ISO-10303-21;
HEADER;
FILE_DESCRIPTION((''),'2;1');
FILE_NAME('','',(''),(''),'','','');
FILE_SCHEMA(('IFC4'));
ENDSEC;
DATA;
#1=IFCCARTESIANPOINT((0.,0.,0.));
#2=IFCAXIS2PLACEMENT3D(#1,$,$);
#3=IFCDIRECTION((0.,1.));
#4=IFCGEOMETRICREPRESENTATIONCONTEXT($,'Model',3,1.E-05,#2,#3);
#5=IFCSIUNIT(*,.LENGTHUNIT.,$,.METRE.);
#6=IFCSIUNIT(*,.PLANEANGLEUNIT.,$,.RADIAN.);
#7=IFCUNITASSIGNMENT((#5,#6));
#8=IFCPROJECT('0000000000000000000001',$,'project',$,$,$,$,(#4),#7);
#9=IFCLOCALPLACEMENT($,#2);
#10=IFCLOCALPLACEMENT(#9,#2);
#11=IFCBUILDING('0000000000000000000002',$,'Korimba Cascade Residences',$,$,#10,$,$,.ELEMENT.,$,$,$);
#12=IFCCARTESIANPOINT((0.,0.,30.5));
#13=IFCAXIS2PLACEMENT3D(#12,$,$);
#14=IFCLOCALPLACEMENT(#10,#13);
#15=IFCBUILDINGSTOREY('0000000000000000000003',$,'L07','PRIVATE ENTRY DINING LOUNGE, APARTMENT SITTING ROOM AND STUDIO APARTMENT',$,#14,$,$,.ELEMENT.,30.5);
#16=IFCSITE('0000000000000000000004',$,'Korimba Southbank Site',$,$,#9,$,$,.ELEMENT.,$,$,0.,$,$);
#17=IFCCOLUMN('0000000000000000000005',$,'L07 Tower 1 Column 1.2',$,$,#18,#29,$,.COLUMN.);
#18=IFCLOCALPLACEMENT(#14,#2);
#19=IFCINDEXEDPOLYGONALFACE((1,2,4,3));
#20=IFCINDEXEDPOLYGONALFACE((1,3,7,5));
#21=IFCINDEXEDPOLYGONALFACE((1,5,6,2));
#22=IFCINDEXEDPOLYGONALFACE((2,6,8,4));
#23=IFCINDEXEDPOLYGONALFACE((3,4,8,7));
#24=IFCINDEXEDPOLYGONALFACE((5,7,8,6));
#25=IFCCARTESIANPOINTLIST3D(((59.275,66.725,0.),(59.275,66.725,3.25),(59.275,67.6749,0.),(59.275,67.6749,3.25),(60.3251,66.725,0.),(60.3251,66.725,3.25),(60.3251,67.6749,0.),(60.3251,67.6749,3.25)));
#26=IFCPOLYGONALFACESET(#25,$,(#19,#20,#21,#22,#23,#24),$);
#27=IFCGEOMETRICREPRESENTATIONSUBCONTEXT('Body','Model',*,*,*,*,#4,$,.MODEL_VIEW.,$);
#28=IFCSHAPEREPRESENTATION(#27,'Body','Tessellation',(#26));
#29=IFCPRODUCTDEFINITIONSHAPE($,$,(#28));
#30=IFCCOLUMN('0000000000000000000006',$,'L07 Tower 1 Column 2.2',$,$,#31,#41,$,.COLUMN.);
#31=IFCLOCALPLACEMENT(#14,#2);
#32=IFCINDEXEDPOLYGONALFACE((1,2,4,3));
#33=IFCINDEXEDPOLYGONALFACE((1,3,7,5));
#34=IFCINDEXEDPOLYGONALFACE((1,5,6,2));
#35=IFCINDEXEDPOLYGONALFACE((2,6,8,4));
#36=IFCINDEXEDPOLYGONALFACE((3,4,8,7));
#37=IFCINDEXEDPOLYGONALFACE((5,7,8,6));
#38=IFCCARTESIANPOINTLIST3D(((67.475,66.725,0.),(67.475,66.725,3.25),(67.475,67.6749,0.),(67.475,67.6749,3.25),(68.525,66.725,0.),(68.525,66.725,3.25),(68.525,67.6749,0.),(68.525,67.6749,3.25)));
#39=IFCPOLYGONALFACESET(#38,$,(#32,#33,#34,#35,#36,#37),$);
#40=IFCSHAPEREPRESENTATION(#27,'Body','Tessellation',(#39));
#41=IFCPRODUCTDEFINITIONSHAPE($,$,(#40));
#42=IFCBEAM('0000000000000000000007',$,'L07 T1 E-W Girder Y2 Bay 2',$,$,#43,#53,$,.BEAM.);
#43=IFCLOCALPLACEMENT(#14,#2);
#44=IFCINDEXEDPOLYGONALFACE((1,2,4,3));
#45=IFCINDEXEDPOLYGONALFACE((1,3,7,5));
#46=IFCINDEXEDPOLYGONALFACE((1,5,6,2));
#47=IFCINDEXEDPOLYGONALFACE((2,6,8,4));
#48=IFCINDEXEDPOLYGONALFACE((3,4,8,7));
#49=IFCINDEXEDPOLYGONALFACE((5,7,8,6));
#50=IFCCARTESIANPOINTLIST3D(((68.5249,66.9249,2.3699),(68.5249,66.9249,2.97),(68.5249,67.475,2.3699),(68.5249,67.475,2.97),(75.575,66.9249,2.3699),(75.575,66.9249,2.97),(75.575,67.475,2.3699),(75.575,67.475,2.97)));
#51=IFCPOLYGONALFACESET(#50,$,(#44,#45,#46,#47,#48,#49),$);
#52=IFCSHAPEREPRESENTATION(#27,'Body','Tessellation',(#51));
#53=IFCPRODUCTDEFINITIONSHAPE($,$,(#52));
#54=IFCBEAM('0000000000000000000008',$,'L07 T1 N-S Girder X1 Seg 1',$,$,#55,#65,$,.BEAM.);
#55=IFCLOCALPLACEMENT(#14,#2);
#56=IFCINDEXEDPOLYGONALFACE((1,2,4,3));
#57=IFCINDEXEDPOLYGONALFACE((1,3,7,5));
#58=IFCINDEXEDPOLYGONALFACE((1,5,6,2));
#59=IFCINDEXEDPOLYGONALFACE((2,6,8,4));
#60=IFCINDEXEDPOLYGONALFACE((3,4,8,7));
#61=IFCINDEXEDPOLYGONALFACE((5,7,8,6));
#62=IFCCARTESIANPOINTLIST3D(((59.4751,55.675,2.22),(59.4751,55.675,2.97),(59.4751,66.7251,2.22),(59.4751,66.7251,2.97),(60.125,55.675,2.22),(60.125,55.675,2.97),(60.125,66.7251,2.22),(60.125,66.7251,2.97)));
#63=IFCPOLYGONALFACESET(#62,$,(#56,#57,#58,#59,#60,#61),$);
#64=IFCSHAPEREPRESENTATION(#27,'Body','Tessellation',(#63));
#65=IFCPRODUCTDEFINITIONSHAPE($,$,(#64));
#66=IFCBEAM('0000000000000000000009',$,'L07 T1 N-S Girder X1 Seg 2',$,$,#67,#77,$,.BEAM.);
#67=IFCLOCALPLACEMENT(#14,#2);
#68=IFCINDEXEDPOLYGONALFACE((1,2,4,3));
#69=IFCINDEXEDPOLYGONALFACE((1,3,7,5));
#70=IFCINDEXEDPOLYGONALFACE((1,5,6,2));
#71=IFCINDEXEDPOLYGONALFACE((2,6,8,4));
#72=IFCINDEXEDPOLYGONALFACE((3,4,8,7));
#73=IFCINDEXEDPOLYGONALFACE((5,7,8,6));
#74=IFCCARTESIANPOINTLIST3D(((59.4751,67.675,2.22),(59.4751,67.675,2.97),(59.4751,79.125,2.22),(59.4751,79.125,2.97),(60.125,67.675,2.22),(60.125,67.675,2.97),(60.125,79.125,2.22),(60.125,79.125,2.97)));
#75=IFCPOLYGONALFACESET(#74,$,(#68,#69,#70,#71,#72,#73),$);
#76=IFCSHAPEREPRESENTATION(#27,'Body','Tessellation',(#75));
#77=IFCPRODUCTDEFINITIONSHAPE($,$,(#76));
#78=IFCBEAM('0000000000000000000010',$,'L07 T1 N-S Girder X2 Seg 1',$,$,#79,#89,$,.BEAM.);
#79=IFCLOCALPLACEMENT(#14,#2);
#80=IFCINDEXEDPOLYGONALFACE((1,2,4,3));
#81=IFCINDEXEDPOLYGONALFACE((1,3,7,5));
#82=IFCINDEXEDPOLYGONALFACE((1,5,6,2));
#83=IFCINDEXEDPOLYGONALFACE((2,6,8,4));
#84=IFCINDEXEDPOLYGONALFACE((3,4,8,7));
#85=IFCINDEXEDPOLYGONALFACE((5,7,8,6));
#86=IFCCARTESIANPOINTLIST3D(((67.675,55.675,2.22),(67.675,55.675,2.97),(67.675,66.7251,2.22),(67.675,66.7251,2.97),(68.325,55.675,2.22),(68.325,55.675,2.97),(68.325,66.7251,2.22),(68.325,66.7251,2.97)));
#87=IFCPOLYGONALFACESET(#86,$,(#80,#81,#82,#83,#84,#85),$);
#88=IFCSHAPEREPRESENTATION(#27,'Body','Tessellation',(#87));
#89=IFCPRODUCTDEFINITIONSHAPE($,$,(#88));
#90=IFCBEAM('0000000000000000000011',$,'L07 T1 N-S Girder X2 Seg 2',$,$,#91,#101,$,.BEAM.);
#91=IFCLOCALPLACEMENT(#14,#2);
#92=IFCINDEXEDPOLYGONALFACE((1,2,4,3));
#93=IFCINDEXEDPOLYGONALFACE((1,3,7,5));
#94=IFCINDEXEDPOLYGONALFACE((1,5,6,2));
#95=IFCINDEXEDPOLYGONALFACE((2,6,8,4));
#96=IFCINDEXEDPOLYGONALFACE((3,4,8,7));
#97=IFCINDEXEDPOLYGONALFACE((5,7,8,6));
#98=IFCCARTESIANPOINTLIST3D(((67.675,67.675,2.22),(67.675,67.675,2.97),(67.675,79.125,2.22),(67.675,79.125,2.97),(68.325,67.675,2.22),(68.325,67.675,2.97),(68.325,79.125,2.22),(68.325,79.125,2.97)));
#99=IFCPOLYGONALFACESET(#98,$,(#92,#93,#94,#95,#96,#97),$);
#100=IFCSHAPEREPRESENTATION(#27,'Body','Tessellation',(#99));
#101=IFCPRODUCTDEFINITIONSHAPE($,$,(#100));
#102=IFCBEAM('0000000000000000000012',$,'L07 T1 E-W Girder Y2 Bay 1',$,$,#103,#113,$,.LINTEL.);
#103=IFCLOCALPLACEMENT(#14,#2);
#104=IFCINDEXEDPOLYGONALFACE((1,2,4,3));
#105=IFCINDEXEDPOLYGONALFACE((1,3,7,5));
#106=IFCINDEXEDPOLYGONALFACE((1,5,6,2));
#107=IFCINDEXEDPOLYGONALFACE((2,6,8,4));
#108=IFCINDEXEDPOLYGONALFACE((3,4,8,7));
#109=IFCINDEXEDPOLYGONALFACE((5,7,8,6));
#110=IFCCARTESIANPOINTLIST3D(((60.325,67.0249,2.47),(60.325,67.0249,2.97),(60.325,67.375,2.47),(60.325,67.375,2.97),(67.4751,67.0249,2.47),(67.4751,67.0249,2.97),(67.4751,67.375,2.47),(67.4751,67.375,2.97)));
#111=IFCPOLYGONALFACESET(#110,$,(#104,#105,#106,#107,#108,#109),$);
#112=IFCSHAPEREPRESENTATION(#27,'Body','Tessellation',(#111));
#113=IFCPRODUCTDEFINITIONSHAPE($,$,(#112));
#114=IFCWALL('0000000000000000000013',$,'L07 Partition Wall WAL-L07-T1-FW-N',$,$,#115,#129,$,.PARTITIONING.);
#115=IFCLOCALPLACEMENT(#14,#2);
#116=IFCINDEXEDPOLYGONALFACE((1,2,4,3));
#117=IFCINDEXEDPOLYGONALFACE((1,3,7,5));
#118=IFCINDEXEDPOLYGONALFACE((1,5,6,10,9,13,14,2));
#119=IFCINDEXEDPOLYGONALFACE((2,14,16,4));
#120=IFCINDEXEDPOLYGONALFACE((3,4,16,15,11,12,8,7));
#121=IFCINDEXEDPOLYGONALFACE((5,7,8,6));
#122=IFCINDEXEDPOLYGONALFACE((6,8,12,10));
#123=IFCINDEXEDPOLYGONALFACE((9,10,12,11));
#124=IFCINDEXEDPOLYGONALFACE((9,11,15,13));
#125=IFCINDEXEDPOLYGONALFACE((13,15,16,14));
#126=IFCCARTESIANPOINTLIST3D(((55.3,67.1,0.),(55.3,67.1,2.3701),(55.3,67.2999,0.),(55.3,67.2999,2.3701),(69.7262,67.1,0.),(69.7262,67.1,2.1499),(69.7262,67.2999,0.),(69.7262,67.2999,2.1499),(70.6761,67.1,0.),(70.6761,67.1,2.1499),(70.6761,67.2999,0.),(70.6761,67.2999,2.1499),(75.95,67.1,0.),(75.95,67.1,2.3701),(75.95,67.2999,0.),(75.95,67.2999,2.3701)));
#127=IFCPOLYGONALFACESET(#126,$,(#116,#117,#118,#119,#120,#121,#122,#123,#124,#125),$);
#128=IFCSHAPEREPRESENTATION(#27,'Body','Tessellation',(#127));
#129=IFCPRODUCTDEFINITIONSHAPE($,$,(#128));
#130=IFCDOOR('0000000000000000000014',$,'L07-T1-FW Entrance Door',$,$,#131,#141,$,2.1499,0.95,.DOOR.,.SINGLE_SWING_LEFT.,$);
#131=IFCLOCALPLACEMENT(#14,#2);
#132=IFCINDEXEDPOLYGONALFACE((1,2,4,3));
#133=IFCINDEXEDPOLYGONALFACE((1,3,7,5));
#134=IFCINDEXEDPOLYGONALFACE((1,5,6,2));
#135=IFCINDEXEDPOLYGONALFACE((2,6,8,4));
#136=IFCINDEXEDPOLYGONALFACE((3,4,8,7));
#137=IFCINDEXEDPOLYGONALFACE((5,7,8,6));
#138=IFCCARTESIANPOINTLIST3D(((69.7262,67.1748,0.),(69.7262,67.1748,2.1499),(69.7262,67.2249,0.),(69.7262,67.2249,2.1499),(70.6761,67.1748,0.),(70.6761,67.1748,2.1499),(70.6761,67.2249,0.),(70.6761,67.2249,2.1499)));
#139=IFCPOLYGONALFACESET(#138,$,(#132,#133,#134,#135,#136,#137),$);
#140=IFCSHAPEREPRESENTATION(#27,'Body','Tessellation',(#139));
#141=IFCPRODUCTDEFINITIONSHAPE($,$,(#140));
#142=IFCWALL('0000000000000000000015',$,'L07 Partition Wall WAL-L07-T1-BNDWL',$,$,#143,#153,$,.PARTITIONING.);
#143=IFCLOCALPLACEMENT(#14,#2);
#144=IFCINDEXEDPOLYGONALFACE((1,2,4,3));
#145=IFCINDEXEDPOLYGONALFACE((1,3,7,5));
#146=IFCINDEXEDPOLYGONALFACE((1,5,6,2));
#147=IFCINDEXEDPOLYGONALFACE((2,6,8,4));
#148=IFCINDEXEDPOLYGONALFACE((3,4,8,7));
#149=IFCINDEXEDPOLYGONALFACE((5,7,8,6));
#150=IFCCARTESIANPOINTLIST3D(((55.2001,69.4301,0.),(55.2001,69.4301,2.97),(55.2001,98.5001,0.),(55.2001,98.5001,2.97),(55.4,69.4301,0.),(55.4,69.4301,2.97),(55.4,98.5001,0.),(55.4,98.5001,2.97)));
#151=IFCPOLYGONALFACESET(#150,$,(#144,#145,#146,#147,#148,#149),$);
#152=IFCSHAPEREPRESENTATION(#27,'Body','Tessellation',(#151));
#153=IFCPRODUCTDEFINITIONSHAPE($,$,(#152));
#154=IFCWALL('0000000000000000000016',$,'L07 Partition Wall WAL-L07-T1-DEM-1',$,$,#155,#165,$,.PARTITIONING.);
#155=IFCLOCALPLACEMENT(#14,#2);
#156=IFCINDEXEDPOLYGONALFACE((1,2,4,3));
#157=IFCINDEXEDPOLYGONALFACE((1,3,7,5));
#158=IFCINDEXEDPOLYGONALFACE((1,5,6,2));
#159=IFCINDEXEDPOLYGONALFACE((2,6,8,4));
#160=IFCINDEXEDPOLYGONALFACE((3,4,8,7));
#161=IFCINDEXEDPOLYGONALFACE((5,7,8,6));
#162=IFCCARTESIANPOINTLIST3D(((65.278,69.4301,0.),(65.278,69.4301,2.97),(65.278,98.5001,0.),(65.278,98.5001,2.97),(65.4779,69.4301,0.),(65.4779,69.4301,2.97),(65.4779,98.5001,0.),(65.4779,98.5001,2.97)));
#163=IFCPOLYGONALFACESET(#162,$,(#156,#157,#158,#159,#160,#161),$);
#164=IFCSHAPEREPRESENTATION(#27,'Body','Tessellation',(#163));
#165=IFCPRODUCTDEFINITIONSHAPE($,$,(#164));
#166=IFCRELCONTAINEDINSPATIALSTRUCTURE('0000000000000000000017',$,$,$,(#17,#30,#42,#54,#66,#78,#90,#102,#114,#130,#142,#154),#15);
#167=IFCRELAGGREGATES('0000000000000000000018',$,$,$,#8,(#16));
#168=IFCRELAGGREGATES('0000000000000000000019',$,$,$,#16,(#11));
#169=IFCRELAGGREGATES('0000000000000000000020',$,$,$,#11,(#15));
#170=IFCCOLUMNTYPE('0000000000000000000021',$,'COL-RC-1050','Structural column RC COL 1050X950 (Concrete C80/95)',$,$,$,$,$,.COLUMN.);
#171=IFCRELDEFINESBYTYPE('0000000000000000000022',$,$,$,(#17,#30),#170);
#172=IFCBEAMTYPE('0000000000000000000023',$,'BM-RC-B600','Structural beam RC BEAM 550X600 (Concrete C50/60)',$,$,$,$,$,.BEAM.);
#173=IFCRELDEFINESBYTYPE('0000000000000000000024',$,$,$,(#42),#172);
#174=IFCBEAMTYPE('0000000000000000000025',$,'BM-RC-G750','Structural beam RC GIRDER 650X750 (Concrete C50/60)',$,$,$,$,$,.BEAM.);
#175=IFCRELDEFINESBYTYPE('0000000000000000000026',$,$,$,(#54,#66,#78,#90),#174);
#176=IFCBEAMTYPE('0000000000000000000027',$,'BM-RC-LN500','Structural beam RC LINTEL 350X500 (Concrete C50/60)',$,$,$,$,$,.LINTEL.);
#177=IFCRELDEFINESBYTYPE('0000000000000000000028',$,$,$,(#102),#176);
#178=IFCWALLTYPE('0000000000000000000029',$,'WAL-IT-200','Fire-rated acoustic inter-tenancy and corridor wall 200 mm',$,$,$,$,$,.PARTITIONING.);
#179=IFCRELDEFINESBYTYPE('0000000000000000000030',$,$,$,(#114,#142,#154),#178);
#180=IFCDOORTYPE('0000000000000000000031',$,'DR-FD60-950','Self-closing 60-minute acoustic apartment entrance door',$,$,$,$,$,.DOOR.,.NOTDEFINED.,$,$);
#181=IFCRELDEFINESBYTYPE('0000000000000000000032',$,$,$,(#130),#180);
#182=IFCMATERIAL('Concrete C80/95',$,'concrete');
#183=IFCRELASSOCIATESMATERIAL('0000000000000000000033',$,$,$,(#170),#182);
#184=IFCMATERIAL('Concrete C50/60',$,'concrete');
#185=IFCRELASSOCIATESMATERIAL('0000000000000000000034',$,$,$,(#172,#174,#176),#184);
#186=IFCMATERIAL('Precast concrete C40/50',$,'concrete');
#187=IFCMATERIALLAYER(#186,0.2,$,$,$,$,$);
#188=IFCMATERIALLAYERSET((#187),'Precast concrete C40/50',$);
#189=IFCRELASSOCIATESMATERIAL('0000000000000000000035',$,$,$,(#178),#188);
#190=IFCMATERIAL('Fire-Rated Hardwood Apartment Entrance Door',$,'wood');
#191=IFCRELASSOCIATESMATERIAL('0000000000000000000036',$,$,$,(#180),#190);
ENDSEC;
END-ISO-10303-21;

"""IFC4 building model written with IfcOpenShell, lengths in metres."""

from ifc_helpers import new_model, si_unit, direction, frame, frame_2d, origin, origin_2d, place, context, subcontext, project, spatial, rectangle, extrude, material, layer, layer_set, material_profile, profile_set, type_object, element, fill, save


model = new_model("IFC4")

# Units and contexts
model_context = context("Model", 3, precision=1e-05, world=origin(), true_north=direction((0.0, 1.0)))
body_context = subcontext(model_context, "Body", "Model", "MODEL_VIEW")
ifc_project = project(units=[si_unit("LENGTHUNIT", "METRE"), si_unit("PLANEANGLEUNIT", "RADIAN")], contexts=[model_context])

# Site, building, storey
site_placement = place(None, origin())
site = spatial("IfcSite", under=ifc_project, at=site_placement, Name="Korimba Southbank Site", CompositionType="ELEMENT", RefElevation=0.0)
building_placement = place(site_placement, origin())
building = spatial("IfcBuilding", under=site, at=building_placement, Name="Korimba Cascade Residences", CompositionType="ELEMENT")
storey_placement = place(building_placement, frame((0.0, 0.0, 30.5)))
storey = spatial("IfcBuildingStorey", under=building, at=storey_placement, Name="L07", Description="PRIVATE ENTRY DINING LOUNGE, APARTMENT SITTING ROOM AND STUDIO APARTMENT", CompositionType="ELEMENT", Elevation=30.5)

# Columns
ifc_material_1 = material(Name="Concrete C80/95", Category="concrete")
ifc_material_profile_1 = material_profile(ifc_material_1, rectangle(XDim=1.05, YDim=0.95, at=origin_2d()), Name="Concrete C80/95")
ifc_profile_set_1 = profile_set([ifc_material_profile_1], Name="Concrete C80/95")
column_type = type_object("IfcColumnType", Name="COL-RC-1050", Description="Structural column RC COL 1050X950 (Concrete C80/95)", PredefinedType="COLUMN", material=ifc_profile_set_1)
for number, where, z_axis, x_axis, name in (
    (1, (59.8, 67.2, 0.0), (0.0, 0.0, 1.0), (1.0, 0.0, 0.0), "L07 Tower 1 Column 1.2"),
    (2, (68.0, 67.2, 0.0), (0.0, 0.0, 1.0), (1.0, 0.0, 0.0), "L07 Tower 1 Column 2.2"),
):
    element("IfcColumn", number, at=place(storey_placement, frame(where, z_axis=z_axis, x_axis=x_axis)), inside=storey, type_object=column_type, Name=name, PredefinedType="COLUMN", context=body_context, shape_type="SweptSolid", body=[
        extrude(rectangle(XDim=1.05, YDim=0.95, at=origin_2d()), origin(), (0.0, 0.0, 1.0), 3.25),
    ])

# Beams
ifc_material_2 = material(Name="Concrete C50/60", Category="concrete")
ifc_material_profile_2 = material_profile(ifc_material_2, rectangle(XDim=0.55, YDim=0.6001, at=origin_2d()), Name="Concrete C50/60")
ifc_profile_set_2 = profile_set([ifc_material_profile_2], Name="Concrete C50/60")
beam_type_1 = type_object("IfcBeamType", Name="BM-RC-B600", Description="Structural beam RC BEAM 550X600 (Concrete C50/60)", PredefinedType="BEAM", material=ifc_profile_set_2)
beam_1_placement = place(storey_placement, frame((68.5249, 67.2, 2.6699), z_axis=(1.0, 0.0, 0.0), x_axis=(0.0, 1.0, 0.0)))
element("IfcBeam", 3, at=beam_1_placement, inside=storey, type_object=beam_type_1, Name="L07 T1 E-W Girder Y2 Bay 2", PredefinedType="BEAM", context=body_context, shape_type="SweptSolid", body=[
    extrude(rectangle(XDim=0.55, YDim=0.6001, at=origin_2d()), origin(), (0.0, 0.0, 1.0), 7.05),
])
ifc_material_profile_3 = material_profile(ifc_material_2, rectangle(XDim=0.6499, YDim=0.75, at=origin_2d()), Name="Concrete C50/60")
ifc_profile_set_3 = profile_set([ifc_material_profile_3], Name="Concrete C50/60")
beam_type_2 = type_object("IfcBeamType", Name="BM-RC-G750", Description="Structural beam RC GIRDER 650X750 (Concrete C50/60)", PredefinedType="BEAM", material=ifc_profile_set_3)
beam_2_placement = place(storey_placement, frame((59.8, 55.675, 2.595), z_axis=(0.0, 1.0, 0.0), x_axis=(-1.0, 0.0, 0.0)))
element("IfcBeam", 4, at=beam_2_placement, inside=storey, type_object=beam_type_2, Name="L07 T1 N-S Girder X1 Seg 1", PredefinedType="BEAM", context=body_context, shape_type="SweptSolid", body=[
    extrude(rectangle(XDim=0.6499, YDim=0.75, at=origin_2d()), origin(), (0.0, 0.0, 1.0), 11.05),
])
beam_3_placement = place(storey_placement, frame((59.8, 67.675, 2.595), z_axis=(0.0, 1.0, 0.0), x_axis=(-1.0, 0.0, 0.0)))
element("IfcBeam", 5, at=beam_3_placement, inside=storey, type_object=beam_type_2, Name="L07 T1 N-S Girder X1 Seg 2", PredefinedType="BEAM", context=body_context, shape_type="SweptSolid", body=[
    extrude(rectangle(XDim=0.6499, YDim=0.75, at=origin_2d()), origin(), (0.0, 0.0, 1.0), 11.45),
])
beam_4_placement = place(storey_placement, frame((68.0, 55.675, 2.595), z_axis=(0.0, 1.0, 0.0), x_axis=(-1.0, 0.0, 0.0)))
element("IfcBeam", 6, at=beam_4_placement, inside=storey, type_object=beam_type_2, Name="L07 T1 N-S Girder X2 Seg 1", PredefinedType="BEAM", context=body_context, shape_type="SweptSolid", body=[
    extrude(rectangle(XDim=0.6499, YDim=0.75, at=origin_2d()), origin(), (0.0, 0.0, 1.0), 11.05),
])
beam_5_placement = place(storey_placement, frame((68.0, 67.675, 2.595), z_axis=(0.0, 1.0, 0.0), x_axis=(-1.0, 0.0, 0.0)))
element("IfcBeam", 7, at=beam_5_placement, inside=storey, type_object=beam_type_2, Name="L07 T1 N-S Girder X2 Seg 2", PredefinedType="BEAM", context=body_context, shape_type="SweptSolid", body=[
    extrude(rectangle(XDim=0.6499, YDim=0.75, at=origin_2d()), origin(), (0.0, 0.0, 1.0), 11.45),
])
ifc_material_profile_4 = material_profile(ifc_material_2, rectangle(XDim=0.3501, YDim=0.5, at=origin_2d()), Name="Concrete C50/60")
ifc_profile_set_4 = profile_set([ifc_material_profile_4], Name="Concrete C50/60")
beam_type_3 = type_object("IfcBeamType", Name="BM-RC-LN500", Description="Structural beam RC LINTEL 350X500 (Concrete C50/60)", PredefinedType="LINTEL", material=ifc_profile_set_4)
beam_6_placement = place(storey_placement, frame((60.325, 67.2, 2.72), z_axis=(1.0, 0.0, 0.0), x_axis=(0.0, 1.0, 0.0)))
element("IfcBeam", 8, at=beam_6_placement, inside=storey, type_object=beam_type_3, Name="L07 T1 E-W Girder Y2 Bay 1", PredefinedType="LINTEL", context=body_context, shape_type="SweptSolid", body=[
    extrude(rectangle(XDim=0.3501, YDim=0.5, at=origin_2d()), origin(), (0.0, 0.0, 1.0), 7.1501),
])

# Wall, opening, door
ifc_material_3 = material(Name="Precast concrete C40/50", Category="concrete")
ifc_layer_1 = layer(ifc_material_3, 0.2)
ifc_layer_set_1 = layer_set([ifc_layer_1], Name="Precast concrete C40/50")
wall_type_1 = type_object("IfcWallType", Name="WAL-IT-200", Description="Fire-rated acoustic inter-tenancy and corridor wall 200 mm", PredefinedType="PARTITIONING", material=ifc_layer_set_1)
wall_1_placement = place(storey_placement, frame((55.3, 67.2, 0.0), z_axis=(0.0, 0.0, 1.0), x_axis=(1.0, 0.0, 0.0)))
wall_1 = element("IfcWall", 9, at=wall_1_placement, inside=storey, type_object=wall_type_1, Name="L07 Partition Wall WAL-L07-T1-FW-N", PredefinedType="PARTITIONING", context=body_context, shape_type="SweptSolid", body=[
    extrude(rectangle(XDim=20.6499, YDim=0.2, at=frame_2d((10.325, 0.0))), origin(), (0.0, 0.0, 1.0), 2.3701),
])
opening_1_placement = place(wall_1_placement, frame((14.426, 0.0, 0.0)))
opening_1 = element("IfcOpeningElement", 10, at=opening_1_placement, cuts=wall_1, PredefinedType="OPENING", context=body_context, shape_type="SweptSolid", body=[
    extrude(rectangle(XDim=0.95, YDim=2.1499, at=frame_2d((0.4751, 1.075))), frame((0.0, 0.1099, 0.0), z_axis=(0.0, -1.0, 0.0), x_axis=(1.0, 0.0, 0.0)), (0.0, 0.0, 1.0), 0.22),
])
ifc_material_4 = material(Name="Fire-Rated Hardwood Apartment Entrance Door", Category="wood")
door_type_1 = type_object("IfcDoorType", Name="DR-FD60-950", Description="Self-closing 60-minute acoustic apartment entrance door", OperationType="NOTDEFINED", PredefinedType="DOOR", material=ifc_material_4)
door_1_placement = place(opening_1_placement, origin())
door_1 = element("IfcDoor", 11, at=door_1_placement, inside=storey, type_object=door_type_1, Name="L07-T1-FW Entrance Door", OperationType="SINGLE_SWING_LEFT", OverallHeight=2.1499, OverallWidth=0.95, PredefinedType="DOOR", context=body_context, shape_type="SweptSolid", body=[
    extrude(rectangle(XDim=0.95, YDim=2.1499, at=frame_2d((0.4751, 1.075))), frame((0.0, 0.0249, 0.0), z_axis=(0.0, -1.0, 0.0), x_axis=(1.0, 0.0, 0.0)), (0.0, 0.0, 1.0), 0.05),
])
fill(opening_1, door_1)

# Walls
for number, where, z_axis, x_axis, name in (
    (12, (55.3, 69.4299, 0.0), (0.0, 0.0, 1.0), (0.0, 1.0, 0.0), "L07 Partition Wall WAL-L07-T1-BNDWL"),
    (13, (65.3779, 69.4299, 0.0), (0.0, 0.0, 1.0), (0.0, 1.0, 0.0), "L07 Partition Wall WAL-L07-T1-DEM-1"),
):
    element("IfcWall", number, at=place(storey_placement, frame(where, z_axis=z_axis, x_axis=x_axis)), inside=storey, type_object=wall_type_1, Name=name, PredefinedType="PARTITIONING", context=body_context, shape_type="SweptSolid", body=[
        extrude(rectangle(XDim=29.0701, YDim=0.2, at=frame_2d((14.5352, 0.0))), origin(), (0.0, 0.0, 1.0), 2.97),
    ])

save(model, "model.ifc")
